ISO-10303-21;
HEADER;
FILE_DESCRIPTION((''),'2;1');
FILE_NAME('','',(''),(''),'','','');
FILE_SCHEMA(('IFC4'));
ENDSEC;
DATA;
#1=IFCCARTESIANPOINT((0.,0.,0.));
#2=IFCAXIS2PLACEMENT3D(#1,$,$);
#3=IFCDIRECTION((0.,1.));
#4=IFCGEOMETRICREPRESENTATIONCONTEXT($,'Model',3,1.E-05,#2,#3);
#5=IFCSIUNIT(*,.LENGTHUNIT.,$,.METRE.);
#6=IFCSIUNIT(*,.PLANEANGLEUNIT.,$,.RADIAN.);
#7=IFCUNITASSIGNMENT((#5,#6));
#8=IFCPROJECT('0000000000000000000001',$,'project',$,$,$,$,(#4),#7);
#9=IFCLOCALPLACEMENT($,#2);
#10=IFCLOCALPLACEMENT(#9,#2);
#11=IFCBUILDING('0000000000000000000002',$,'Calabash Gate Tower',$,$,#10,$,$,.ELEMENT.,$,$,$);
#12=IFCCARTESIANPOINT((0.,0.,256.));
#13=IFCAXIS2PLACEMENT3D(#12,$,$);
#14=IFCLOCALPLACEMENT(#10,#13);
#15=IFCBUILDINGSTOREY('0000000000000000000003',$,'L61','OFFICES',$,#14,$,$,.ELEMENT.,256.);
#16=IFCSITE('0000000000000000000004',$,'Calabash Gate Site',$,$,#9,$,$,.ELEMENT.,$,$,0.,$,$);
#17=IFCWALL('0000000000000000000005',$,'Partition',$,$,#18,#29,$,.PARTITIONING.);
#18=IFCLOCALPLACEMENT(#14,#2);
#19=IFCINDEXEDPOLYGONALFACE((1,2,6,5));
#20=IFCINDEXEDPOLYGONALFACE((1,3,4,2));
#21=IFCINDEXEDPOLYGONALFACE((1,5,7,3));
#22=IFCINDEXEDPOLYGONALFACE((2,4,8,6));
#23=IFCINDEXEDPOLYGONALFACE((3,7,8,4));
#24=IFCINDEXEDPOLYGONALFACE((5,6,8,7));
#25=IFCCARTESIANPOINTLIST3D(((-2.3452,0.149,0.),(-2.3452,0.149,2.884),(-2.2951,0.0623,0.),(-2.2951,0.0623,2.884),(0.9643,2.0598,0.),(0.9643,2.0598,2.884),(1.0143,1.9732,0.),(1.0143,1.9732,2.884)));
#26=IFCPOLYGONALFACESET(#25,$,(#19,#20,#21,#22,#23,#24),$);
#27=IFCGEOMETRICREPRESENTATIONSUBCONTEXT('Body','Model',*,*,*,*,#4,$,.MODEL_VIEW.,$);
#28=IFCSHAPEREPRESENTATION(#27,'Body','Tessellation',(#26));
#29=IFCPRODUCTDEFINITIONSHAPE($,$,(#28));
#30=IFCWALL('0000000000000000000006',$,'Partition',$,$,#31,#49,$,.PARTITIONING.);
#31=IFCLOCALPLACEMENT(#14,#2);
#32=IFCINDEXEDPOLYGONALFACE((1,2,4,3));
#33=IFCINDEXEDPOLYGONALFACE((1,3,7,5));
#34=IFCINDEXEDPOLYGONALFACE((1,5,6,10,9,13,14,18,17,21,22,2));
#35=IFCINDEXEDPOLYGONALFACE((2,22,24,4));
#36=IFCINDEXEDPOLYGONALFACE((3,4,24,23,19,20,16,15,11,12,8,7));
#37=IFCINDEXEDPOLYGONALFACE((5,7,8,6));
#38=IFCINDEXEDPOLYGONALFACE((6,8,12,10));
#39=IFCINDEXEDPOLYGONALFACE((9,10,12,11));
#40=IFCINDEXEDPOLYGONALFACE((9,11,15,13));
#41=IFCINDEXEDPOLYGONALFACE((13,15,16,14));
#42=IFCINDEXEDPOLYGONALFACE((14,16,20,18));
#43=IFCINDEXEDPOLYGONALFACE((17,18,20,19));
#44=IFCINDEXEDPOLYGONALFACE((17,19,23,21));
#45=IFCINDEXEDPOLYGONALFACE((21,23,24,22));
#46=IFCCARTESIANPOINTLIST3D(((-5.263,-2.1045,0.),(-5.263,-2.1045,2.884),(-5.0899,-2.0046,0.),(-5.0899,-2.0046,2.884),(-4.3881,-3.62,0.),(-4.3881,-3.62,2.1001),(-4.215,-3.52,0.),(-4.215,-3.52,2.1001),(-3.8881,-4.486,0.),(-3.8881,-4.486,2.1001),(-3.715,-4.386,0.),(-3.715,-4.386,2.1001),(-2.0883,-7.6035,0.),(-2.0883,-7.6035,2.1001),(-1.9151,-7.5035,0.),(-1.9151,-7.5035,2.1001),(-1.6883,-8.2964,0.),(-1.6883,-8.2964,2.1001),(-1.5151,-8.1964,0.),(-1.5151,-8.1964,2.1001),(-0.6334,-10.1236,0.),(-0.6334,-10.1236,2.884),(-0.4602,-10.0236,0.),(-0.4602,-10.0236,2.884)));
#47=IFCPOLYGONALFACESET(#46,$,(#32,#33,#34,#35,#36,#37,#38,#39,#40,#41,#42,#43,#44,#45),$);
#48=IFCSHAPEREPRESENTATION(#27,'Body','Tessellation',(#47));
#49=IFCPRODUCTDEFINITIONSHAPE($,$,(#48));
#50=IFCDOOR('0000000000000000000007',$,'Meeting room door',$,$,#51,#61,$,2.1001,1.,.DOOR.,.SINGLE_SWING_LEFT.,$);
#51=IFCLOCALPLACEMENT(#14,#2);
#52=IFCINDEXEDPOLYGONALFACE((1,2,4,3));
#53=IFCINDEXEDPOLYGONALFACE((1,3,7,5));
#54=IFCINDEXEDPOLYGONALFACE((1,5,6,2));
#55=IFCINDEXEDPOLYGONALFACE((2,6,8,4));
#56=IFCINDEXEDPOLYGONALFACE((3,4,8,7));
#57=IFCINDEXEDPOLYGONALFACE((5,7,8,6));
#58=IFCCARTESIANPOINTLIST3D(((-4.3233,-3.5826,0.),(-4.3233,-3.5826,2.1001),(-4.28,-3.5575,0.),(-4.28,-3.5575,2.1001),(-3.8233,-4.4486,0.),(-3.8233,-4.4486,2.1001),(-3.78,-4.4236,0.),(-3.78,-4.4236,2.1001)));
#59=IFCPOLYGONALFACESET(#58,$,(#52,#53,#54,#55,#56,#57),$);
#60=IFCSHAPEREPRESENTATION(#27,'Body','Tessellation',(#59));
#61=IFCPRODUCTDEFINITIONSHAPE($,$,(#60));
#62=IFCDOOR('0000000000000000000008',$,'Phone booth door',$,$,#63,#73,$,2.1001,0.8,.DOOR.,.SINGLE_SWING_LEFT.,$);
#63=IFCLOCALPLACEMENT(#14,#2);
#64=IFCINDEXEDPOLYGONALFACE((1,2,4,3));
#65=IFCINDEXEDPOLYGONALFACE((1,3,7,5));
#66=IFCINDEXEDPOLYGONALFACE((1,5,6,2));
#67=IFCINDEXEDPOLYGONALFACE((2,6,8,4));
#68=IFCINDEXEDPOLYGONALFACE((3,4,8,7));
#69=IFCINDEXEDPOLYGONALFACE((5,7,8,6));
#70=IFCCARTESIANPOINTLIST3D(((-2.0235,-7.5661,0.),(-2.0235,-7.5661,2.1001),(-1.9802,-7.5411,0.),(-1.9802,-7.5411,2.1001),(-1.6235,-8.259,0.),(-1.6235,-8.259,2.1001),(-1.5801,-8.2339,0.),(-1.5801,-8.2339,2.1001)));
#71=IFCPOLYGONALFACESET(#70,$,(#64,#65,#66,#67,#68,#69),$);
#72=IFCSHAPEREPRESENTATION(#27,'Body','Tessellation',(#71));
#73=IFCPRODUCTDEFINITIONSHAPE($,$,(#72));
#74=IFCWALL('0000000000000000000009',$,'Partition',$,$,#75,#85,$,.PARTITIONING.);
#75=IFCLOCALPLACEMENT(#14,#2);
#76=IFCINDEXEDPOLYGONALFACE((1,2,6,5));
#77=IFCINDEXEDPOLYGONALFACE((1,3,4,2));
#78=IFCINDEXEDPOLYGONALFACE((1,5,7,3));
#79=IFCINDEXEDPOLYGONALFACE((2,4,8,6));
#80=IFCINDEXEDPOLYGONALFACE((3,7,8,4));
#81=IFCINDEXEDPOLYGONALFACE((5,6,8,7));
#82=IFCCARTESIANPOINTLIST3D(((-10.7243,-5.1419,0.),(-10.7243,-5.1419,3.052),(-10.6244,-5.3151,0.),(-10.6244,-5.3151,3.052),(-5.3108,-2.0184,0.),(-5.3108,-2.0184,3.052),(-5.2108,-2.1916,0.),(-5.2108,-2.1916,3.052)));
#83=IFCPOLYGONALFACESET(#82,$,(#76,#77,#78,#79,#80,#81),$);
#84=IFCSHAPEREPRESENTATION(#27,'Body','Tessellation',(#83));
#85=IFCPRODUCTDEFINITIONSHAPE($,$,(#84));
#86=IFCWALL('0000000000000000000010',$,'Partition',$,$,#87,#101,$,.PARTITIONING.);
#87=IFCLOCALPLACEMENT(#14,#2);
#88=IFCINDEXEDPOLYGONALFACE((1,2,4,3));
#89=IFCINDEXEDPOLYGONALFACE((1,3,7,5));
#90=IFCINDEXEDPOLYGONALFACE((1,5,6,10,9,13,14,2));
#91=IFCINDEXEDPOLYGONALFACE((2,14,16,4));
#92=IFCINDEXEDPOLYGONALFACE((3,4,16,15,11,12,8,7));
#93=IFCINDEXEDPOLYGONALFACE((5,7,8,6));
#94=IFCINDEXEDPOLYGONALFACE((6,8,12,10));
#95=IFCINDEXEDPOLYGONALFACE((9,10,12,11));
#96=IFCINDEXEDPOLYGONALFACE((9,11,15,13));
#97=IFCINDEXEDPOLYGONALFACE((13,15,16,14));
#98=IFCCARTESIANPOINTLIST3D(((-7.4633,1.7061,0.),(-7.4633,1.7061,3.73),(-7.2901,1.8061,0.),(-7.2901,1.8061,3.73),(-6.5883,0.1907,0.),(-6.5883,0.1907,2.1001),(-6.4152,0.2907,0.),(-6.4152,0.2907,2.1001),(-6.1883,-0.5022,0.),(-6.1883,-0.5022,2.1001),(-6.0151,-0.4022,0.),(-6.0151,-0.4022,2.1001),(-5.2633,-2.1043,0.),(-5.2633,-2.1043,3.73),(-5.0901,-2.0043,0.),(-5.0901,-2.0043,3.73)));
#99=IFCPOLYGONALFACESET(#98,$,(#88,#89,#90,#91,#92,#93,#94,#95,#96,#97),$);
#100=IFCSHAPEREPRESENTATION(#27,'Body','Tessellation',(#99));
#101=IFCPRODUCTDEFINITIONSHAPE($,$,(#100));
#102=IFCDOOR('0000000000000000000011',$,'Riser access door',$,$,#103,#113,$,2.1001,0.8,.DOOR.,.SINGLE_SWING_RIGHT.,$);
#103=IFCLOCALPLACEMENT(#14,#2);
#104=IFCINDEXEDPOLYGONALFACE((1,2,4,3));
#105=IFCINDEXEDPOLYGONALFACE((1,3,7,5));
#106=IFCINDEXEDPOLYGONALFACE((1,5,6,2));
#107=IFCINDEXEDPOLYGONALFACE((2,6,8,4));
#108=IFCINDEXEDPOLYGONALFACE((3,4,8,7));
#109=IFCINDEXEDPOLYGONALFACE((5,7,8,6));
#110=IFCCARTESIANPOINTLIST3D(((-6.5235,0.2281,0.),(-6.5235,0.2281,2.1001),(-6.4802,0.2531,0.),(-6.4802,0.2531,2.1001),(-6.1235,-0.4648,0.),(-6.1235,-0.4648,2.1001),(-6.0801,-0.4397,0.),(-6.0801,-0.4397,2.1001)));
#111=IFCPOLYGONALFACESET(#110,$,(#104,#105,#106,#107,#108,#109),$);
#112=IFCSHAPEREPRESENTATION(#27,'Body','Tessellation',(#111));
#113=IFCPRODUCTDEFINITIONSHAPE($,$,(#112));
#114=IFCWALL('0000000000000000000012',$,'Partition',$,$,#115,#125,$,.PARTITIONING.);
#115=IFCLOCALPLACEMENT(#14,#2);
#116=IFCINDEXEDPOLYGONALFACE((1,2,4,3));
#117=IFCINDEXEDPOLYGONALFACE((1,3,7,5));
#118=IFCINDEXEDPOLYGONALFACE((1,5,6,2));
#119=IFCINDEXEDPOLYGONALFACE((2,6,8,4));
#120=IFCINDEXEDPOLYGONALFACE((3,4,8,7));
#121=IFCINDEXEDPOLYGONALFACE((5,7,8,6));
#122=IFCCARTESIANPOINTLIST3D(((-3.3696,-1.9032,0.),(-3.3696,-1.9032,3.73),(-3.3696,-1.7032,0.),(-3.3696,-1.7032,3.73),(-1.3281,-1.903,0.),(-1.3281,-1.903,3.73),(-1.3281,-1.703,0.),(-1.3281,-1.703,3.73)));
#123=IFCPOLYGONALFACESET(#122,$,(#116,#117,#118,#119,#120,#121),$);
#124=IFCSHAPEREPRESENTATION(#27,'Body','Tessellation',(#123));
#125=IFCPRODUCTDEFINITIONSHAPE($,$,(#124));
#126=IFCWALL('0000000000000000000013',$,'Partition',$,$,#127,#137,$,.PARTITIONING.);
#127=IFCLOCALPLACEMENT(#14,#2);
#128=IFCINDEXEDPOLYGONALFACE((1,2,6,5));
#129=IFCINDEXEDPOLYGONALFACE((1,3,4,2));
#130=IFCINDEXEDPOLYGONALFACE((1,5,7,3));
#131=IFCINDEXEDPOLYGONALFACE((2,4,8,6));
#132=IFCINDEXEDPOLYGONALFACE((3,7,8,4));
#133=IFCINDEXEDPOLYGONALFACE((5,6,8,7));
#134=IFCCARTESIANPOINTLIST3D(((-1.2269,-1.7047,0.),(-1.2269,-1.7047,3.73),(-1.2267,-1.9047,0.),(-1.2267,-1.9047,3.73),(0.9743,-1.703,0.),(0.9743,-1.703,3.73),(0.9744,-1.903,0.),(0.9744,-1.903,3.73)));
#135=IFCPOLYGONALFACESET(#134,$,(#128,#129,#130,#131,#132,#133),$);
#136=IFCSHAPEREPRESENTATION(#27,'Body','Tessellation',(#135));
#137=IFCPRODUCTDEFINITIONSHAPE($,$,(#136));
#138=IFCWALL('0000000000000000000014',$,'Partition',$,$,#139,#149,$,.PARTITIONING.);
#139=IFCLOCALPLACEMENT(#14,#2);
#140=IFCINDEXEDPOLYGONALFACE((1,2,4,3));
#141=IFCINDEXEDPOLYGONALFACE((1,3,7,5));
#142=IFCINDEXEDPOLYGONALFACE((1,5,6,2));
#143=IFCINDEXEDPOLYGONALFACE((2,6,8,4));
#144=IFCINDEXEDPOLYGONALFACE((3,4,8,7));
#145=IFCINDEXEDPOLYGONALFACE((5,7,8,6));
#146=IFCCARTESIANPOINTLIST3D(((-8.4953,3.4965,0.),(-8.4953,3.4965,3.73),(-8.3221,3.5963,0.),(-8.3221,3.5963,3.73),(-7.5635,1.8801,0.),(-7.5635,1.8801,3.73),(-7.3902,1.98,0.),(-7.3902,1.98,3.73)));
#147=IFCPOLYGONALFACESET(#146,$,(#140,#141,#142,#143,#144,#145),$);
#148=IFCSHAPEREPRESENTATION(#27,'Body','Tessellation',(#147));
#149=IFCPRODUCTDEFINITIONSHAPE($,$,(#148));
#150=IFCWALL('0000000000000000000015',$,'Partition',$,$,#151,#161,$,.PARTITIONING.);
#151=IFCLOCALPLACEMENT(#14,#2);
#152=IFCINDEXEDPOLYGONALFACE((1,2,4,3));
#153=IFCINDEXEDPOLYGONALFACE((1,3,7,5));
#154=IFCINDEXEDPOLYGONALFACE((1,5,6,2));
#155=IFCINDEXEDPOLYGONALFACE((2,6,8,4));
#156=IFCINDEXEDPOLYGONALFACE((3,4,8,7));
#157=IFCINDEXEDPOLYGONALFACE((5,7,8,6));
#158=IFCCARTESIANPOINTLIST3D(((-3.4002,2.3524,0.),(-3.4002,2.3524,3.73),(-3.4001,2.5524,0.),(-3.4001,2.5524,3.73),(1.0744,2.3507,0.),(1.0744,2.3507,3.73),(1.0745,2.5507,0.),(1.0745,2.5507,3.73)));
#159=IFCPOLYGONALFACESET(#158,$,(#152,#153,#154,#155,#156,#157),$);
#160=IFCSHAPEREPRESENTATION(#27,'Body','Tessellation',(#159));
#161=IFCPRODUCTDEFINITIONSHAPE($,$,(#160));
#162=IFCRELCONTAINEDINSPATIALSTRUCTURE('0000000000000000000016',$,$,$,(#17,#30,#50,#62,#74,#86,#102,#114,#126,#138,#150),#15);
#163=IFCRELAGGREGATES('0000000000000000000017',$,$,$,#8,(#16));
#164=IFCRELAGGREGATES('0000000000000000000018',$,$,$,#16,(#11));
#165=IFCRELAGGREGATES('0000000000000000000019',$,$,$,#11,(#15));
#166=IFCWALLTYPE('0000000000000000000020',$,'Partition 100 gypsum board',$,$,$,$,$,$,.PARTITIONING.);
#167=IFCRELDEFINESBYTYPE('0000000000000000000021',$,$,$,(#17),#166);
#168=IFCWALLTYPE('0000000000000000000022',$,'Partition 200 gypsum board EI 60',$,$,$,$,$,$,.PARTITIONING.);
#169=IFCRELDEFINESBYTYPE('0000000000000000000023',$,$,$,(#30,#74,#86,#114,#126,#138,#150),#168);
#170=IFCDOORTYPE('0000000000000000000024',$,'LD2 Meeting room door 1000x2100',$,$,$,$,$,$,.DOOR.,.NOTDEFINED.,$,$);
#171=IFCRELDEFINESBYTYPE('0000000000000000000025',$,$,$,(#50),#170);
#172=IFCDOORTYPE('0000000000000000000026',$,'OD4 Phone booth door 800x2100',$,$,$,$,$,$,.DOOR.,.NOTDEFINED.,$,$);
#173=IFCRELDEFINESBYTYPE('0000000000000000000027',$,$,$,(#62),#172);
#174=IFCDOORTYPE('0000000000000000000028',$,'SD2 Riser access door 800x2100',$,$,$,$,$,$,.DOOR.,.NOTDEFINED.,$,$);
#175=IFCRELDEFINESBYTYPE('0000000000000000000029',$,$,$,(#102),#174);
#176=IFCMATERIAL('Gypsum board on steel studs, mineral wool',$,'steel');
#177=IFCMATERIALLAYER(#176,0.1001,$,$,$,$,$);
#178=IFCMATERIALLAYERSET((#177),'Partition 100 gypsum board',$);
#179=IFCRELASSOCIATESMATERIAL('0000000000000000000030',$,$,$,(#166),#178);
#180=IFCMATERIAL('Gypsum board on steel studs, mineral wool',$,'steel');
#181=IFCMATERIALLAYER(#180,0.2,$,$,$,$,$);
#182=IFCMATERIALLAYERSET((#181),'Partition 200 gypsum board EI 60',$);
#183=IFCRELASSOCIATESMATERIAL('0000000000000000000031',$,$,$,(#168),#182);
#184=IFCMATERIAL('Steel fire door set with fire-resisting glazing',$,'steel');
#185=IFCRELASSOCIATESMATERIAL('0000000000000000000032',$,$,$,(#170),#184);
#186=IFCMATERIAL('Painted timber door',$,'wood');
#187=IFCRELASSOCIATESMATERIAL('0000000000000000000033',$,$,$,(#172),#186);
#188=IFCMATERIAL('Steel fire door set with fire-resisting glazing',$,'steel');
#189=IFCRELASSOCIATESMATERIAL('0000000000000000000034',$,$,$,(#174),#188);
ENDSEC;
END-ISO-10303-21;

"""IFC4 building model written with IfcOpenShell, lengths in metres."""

from ifc_helpers import new_model, si_unit, direction, frame, frame_2d, origin, place, context, subcontext, project, spatial, rectangle, extrude, material, layer, layer_set, type_object, element, fill, save


model = new_model("IFC4")

# Units and contexts
model_context = context("Model", 3, precision=1e-05, world=origin(), true_north=direction((0.0, 1.0)))
body_context = subcontext(model_context, "Body", "Model", "MODEL_VIEW")
ifc_project = project(units=[si_unit("LENGTHUNIT", "METRE"), si_unit("PLANEANGLEUNIT", "RADIAN")], contexts=[model_context])

# Site, building, storey
site_placement = place(None, origin())
site = spatial("IfcSite", under=ifc_project, at=site_placement, Name="Calabash Gate Site", CompositionType="ELEMENT", RefElevation=0.0)
building_placement = place(site_placement, origin())
building = spatial("IfcBuilding", under=site, at=building_placement, Name="Calabash Gate Tower", CompositionType="ELEMENT")
storey_placement = place(building_placement, frame((0.0, 0.0, 256.0)))
storey = spatial("IfcBuildingStorey", under=building, at=storey_placement, Name="L61", Description="OFFICES", CompositionType="ELEMENT", Elevation=256.0)

# Wall
ifc_material_1 = material(Name="Gypsum board on steel studs, mineral wool", Category="steel")
ifc_layer_1 = layer(ifc_material_1, 0.1001)
ifc_layer_set_1 = layer_set([ifc_layer_1], Name="Partition 100 gypsum board")
wall_type_1 = type_object("IfcWallType", Name="Partition 100 gypsum board", PredefinedType="PARTITIONING", material=ifc_layer_set_1)
wall_1_placement = place(storey_placement, frame((-2.3201, 0.1057, 0.0), z_axis=(0.0, 0.0, 1.0), x_axis=(0.866013, 0.500021, 0.0)))
element("IfcWall", 1, at=wall_1_placement, inside=storey, type_object=wall_type_1, Name="Partition", PredefinedType="PARTITIONING", context=body_context, shape_type="SweptSolid", body=[
    extrude(rectangle(XDim=3.8215, YDim=0.1001, at=frame_2d((1.9106, 0.0))), origin(), (0.0, 0.0, 1.0), 2.884),
])

# Wall, openings, doors
ifc_material_2 = material(Name="Gypsum board on steel studs, mineral wool", Category="steel")
ifc_layer_2 = layer(ifc_material_2, 0.2)
ifc_layer_set_2 = layer_set([ifc_layer_2], Name="Partition 200 gypsum board EI 60")
wall_type_2 = type_object("IfcWallType", Name="Partition 200 gypsum board EI 60", PredefinedType="PARTITIONING", material=ifc_layer_set_2)
wall_2_placement = place(storey_placement, frame((-5.1765, -2.0544, 0.0), z_axis=(0.0, 0.0, 1.0), x_axis=(0.499987, -0.866033, 0.0)))
wall_2 = element("IfcWall", 2, at=wall_2_placement, inside=storey, type_object=wall_type_2, Name="Partition", PredefinedType="PARTITIONING", context=body_context, shape_type="SweptSolid", body=[
    extrude(rectangle(XDim=9.2595, YDim=0.2, at=frame_2d((4.6299, 0.0))), origin(), (0.0, 0.0, 1.0), 2.884),
])
opening_1_placement = place(wall_2_placement, frame((1.75, 0.0, 0.0)))
opening_1 = element("IfcOpeningElement", 3, at=opening_1_placement, cuts=wall_2, PredefinedType="OPENING", context=body_context, shape_type="SweptSolid", body=[
    extrude(rectangle(XDim=1.0, YDim=2.1001, at=frame_2d((0.5, 1.05))), frame((0.0, 0.1099, 0.0), z_axis=(0.0, -1.0, 0.0), x_axis=(1.0, 0.0, 0.0)), (0.0, 0.0, 1.0), 0.22),
])
opening_2_placement = place(wall_2_placement, frame((6.3499, 0.0, 0.0)))
opening_2 = element("IfcOpeningElement", 4, at=opening_2_placement, cuts=wall_2, PredefinedType="OPENING", context=body_context, shape_type="SweptSolid", body=[
    extrude(rectangle(XDim=0.8, YDim=2.1001, at=frame_2d((0.3999, 1.05))), frame((0.0, 0.1099, 0.0), z_axis=(0.0, -1.0, 0.0), x_axis=(1.0, 0.0, 0.0)), (0.0, 0.0, 1.0), 0.22),
])
ifc_material_3 = material(Name="Steel fire door set with fire-resisting glazing", Category="steel")
door_type_1 = type_object("IfcDoorType", Name="LD2 Meeting room door 1000x2100", OperationType="NOTDEFINED", PredefinedType="DOOR", material=ifc_material_3)
door_1_placement = place(opening_1_placement, origin())
door_1 = element("IfcDoor", 5, at=door_1_placement, inside=storey, type_object=door_type_1, Name="Meeting room door", OperationType="SINGLE_SWING_LEFT", OverallHeight=2.1001, OverallWidth=1.0, PredefinedType="DOOR", context=body_context, shape_type="SweptSolid", body=[
    extrude(rectangle(XDim=1.0, YDim=2.1001, at=frame_2d((0.5, 1.05))), frame((0.0, 0.0249, 0.0), z_axis=(0.0, -1.0, 0.0), x_axis=(1.0, 0.0, 0.0)), (0.0, 0.0, 1.0), 0.05),
])
fill(opening_1, door_1)
ifc_material_4 = material(Name="Painted timber door", Category="wood")
door_type_2 = type_object("IfcDoorType", Name="OD4 Phone booth door 800x2100", OperationType="NOTDEFINED", PredefinedType="DOOR", material=ifc_material_4)
door_2_placement = place(opening_2_placement, origin())
door_2 = element("IfcDoor", 6, at=door_2_placement, inside=storey, type_object=door_type_2, Name="Phone booth door", OperationType="SINGLE_SWING_LEFT", OverallHeight=2.1001, OverallWidth=0.8, PredefinedType="DOOR", context=body_context, shape_type="SweptSolid", body=[
    extrude(rectangle(XDim=0.8, YDim=2.1001, at=frame_2d((0.3999, 1.05))), frame((0.0, 0.0249, 0.0), z_axis=(0.0, -1.0, 0.0), x_axis=(1.0, 0.0, 0.0)), (0.0, 0.0, 1.0), 0.05),
])
fill(opening_2, door_2)

# Wall
wall_3_placement = place(storey_placement, frame((-10.6743, -5.2285, 0.0), z_axis=(0.0, 0.0, 1.0), x_axis=(0.866163, 0.499761, 0.0)))
element("IfcWall", 7, at=wall_3_placement, inside=storey, type_object=wall_type_2, Name="Partition", PredefinedType="PARTITIONING", context=body_context, shape_type="SweptSolid", body=[
    extrude(rectangle(XDim=6.25, YDim=0.2, at=frame_2d((3.125, 0.0))), origin(), (0.0, 0.0, 1.0), 3.052),
])

# Wall, opening, door
wall_4_placement = place(storey_placement, frame((-7.3767, 1.7561, 0.0), z_axis=(0.0, 0.0, 1.0), x_axis=(0.500012, -0.866018, 0.0)))
wall_4 = element("IfcWall", 8, at=wall_4_placement, inside=storey, type_object=wall_type_2, Name="Partition", PredefinedType="PARTITIONING", context=body_context, shape_type="SweptSolid", body=[
    extrude(rectangle(XDim=4.3999, YDim=0.2, at=frame_2d((2.2, 0.0))), origin(), (0.0, 0.0, 1.0), 3.73),
])
opening_3_placement = place(wall_4_placement, frame((1.75, 0.0, 0.0)))
opening_3 = element("IfcOpeningElement", 9, at=opening_3_placement, cuts=wall_4, PredefinedType="OPENING", context=body_context, shape_type="SweptSolid", body=[
    extrude(rectangle(XDim=0.8, YDim=2.1001, at=frame_2d((0.3999, 1.05))), frame((0.0, 0.1099, 0.0), z_axis=(0.0, -1.0, 0.0), x_axis=(1.0, 0.0, 0.0)), (0.0, 0.0, 1.0), 0.22),
])
ifc_material_5 = material(Name="Steel fire door set with fire-resisting glazing", Category="steel")
door_type_3 = type_object("IfcDoorType", Name="SD2 Riser access door 800x2100", OperationType="NOTDEFINED", PredefinedType="DOOR", material=ifc_material_5)
door_3_placement = place(opening_3_placement, origin())
door_3 = element("IfcDoor", 10, at=door_3_placement, inside=storey, type_object=door_type_3, Name="Riser access door", OperationType="SINGLE_SWING_RIGHT", OverallHeight=2.1001, OverallWidth=0.8, PredefinedType="DOOR", context=body_context, shape_type="SweptSolid", body=[
    extrude(rectangle(XDim=0.8, YDim=2.1001, at=frame_2d((0.3999, 1.05))), frame((0.0, 0.0249, 0.0), z_axis=(0.0, -1.0, 0.0), x_axis=(1.0, 0.0, 0.0)), (0.0, 0.0, 1.0), 0.05),
])
fill(opening_3, door_3)

# Walls
wall_5_placement = place(storey_placement, frame((-3.3696, -1.8032, 0.0), z_axis=(0.0, 0.0, 1.0), x_axis=(1.0, 0.00012, 0.0)))
element("IfcWall", 11, at=wall_5_placement, inside=storey, type_object=wall_type_2, Name="Partition", PredefinedType="PARTITIONING", context=body_context, shape_type="SweptSolid", body=[
    extrude(rectangle(XDim=2.0415, YDim=0.2, at=frame_2d((1.0208, 0.0))), origin(), (0.0, 0.0, 1.0), 3.73),
])
wall_6_placement = place(storey_placement, frame((-1.2268, -1.8047, 0.0), z_axis=(0.0, 0.0, 1.0), x_axis=(1.0, 0.000776, 0.0)))
element("IfcWall", 12, at=wall_6_placement, inside=storey, type_object=wall_type_2, Name="Partition", PredefinedType="PARTITIONING", context=body_context, shape_type="SweptSolid", body=[
    extrude(rectangle(XDim=2.2012, YDim=0.2, at=frame_2d((1.1006, 0.0))), origin(), (0.0, 0.0, 1.0), 3.73),
])
wall_7_placement = place(storey_placement, frame((-8.4087, 3.5464, 0.0), z_axis=(0.0, 0.0, 1.0), x_axis=(0.499447, -0.866345, 0.0)))
element("IfcWall", 13, at=wall_7_placement, inside=storey, type_object=wall_type_2, Name="Partition", PredefinedType="PARTITIONING", context=body_context, shape_type="SweptSolid", body=[
    extrude(rectangle(XDim=1.8657, YDim=0.2, at=frame_2d((0.9329, 0.0))), origin(), (0.0, 0.0, 1.0), 3.73),
])
wall_8_placement = place(storey_placement, frame((-3.4001, 2.4524, 0.0), z_axis=(0.0, 0.0, 1.0), x_axis=(1.0, -0.000382, 0.0)))
element("IfcWall", 14, at=wall_8_placement, inside=storey, type_object=wall_type_2, Name="Partition", PredefinedType="PARTITIONING", context=body_context, shape_type="SweptSolid", body=[
    extrude(rectangle(XDim=4.4746, YDim=0.2, at=frame_2d((2.2373, 0.0))), origin(), (0.0, 0.0, 1.0), 3.73),
])

save(model, "model.ifc")
